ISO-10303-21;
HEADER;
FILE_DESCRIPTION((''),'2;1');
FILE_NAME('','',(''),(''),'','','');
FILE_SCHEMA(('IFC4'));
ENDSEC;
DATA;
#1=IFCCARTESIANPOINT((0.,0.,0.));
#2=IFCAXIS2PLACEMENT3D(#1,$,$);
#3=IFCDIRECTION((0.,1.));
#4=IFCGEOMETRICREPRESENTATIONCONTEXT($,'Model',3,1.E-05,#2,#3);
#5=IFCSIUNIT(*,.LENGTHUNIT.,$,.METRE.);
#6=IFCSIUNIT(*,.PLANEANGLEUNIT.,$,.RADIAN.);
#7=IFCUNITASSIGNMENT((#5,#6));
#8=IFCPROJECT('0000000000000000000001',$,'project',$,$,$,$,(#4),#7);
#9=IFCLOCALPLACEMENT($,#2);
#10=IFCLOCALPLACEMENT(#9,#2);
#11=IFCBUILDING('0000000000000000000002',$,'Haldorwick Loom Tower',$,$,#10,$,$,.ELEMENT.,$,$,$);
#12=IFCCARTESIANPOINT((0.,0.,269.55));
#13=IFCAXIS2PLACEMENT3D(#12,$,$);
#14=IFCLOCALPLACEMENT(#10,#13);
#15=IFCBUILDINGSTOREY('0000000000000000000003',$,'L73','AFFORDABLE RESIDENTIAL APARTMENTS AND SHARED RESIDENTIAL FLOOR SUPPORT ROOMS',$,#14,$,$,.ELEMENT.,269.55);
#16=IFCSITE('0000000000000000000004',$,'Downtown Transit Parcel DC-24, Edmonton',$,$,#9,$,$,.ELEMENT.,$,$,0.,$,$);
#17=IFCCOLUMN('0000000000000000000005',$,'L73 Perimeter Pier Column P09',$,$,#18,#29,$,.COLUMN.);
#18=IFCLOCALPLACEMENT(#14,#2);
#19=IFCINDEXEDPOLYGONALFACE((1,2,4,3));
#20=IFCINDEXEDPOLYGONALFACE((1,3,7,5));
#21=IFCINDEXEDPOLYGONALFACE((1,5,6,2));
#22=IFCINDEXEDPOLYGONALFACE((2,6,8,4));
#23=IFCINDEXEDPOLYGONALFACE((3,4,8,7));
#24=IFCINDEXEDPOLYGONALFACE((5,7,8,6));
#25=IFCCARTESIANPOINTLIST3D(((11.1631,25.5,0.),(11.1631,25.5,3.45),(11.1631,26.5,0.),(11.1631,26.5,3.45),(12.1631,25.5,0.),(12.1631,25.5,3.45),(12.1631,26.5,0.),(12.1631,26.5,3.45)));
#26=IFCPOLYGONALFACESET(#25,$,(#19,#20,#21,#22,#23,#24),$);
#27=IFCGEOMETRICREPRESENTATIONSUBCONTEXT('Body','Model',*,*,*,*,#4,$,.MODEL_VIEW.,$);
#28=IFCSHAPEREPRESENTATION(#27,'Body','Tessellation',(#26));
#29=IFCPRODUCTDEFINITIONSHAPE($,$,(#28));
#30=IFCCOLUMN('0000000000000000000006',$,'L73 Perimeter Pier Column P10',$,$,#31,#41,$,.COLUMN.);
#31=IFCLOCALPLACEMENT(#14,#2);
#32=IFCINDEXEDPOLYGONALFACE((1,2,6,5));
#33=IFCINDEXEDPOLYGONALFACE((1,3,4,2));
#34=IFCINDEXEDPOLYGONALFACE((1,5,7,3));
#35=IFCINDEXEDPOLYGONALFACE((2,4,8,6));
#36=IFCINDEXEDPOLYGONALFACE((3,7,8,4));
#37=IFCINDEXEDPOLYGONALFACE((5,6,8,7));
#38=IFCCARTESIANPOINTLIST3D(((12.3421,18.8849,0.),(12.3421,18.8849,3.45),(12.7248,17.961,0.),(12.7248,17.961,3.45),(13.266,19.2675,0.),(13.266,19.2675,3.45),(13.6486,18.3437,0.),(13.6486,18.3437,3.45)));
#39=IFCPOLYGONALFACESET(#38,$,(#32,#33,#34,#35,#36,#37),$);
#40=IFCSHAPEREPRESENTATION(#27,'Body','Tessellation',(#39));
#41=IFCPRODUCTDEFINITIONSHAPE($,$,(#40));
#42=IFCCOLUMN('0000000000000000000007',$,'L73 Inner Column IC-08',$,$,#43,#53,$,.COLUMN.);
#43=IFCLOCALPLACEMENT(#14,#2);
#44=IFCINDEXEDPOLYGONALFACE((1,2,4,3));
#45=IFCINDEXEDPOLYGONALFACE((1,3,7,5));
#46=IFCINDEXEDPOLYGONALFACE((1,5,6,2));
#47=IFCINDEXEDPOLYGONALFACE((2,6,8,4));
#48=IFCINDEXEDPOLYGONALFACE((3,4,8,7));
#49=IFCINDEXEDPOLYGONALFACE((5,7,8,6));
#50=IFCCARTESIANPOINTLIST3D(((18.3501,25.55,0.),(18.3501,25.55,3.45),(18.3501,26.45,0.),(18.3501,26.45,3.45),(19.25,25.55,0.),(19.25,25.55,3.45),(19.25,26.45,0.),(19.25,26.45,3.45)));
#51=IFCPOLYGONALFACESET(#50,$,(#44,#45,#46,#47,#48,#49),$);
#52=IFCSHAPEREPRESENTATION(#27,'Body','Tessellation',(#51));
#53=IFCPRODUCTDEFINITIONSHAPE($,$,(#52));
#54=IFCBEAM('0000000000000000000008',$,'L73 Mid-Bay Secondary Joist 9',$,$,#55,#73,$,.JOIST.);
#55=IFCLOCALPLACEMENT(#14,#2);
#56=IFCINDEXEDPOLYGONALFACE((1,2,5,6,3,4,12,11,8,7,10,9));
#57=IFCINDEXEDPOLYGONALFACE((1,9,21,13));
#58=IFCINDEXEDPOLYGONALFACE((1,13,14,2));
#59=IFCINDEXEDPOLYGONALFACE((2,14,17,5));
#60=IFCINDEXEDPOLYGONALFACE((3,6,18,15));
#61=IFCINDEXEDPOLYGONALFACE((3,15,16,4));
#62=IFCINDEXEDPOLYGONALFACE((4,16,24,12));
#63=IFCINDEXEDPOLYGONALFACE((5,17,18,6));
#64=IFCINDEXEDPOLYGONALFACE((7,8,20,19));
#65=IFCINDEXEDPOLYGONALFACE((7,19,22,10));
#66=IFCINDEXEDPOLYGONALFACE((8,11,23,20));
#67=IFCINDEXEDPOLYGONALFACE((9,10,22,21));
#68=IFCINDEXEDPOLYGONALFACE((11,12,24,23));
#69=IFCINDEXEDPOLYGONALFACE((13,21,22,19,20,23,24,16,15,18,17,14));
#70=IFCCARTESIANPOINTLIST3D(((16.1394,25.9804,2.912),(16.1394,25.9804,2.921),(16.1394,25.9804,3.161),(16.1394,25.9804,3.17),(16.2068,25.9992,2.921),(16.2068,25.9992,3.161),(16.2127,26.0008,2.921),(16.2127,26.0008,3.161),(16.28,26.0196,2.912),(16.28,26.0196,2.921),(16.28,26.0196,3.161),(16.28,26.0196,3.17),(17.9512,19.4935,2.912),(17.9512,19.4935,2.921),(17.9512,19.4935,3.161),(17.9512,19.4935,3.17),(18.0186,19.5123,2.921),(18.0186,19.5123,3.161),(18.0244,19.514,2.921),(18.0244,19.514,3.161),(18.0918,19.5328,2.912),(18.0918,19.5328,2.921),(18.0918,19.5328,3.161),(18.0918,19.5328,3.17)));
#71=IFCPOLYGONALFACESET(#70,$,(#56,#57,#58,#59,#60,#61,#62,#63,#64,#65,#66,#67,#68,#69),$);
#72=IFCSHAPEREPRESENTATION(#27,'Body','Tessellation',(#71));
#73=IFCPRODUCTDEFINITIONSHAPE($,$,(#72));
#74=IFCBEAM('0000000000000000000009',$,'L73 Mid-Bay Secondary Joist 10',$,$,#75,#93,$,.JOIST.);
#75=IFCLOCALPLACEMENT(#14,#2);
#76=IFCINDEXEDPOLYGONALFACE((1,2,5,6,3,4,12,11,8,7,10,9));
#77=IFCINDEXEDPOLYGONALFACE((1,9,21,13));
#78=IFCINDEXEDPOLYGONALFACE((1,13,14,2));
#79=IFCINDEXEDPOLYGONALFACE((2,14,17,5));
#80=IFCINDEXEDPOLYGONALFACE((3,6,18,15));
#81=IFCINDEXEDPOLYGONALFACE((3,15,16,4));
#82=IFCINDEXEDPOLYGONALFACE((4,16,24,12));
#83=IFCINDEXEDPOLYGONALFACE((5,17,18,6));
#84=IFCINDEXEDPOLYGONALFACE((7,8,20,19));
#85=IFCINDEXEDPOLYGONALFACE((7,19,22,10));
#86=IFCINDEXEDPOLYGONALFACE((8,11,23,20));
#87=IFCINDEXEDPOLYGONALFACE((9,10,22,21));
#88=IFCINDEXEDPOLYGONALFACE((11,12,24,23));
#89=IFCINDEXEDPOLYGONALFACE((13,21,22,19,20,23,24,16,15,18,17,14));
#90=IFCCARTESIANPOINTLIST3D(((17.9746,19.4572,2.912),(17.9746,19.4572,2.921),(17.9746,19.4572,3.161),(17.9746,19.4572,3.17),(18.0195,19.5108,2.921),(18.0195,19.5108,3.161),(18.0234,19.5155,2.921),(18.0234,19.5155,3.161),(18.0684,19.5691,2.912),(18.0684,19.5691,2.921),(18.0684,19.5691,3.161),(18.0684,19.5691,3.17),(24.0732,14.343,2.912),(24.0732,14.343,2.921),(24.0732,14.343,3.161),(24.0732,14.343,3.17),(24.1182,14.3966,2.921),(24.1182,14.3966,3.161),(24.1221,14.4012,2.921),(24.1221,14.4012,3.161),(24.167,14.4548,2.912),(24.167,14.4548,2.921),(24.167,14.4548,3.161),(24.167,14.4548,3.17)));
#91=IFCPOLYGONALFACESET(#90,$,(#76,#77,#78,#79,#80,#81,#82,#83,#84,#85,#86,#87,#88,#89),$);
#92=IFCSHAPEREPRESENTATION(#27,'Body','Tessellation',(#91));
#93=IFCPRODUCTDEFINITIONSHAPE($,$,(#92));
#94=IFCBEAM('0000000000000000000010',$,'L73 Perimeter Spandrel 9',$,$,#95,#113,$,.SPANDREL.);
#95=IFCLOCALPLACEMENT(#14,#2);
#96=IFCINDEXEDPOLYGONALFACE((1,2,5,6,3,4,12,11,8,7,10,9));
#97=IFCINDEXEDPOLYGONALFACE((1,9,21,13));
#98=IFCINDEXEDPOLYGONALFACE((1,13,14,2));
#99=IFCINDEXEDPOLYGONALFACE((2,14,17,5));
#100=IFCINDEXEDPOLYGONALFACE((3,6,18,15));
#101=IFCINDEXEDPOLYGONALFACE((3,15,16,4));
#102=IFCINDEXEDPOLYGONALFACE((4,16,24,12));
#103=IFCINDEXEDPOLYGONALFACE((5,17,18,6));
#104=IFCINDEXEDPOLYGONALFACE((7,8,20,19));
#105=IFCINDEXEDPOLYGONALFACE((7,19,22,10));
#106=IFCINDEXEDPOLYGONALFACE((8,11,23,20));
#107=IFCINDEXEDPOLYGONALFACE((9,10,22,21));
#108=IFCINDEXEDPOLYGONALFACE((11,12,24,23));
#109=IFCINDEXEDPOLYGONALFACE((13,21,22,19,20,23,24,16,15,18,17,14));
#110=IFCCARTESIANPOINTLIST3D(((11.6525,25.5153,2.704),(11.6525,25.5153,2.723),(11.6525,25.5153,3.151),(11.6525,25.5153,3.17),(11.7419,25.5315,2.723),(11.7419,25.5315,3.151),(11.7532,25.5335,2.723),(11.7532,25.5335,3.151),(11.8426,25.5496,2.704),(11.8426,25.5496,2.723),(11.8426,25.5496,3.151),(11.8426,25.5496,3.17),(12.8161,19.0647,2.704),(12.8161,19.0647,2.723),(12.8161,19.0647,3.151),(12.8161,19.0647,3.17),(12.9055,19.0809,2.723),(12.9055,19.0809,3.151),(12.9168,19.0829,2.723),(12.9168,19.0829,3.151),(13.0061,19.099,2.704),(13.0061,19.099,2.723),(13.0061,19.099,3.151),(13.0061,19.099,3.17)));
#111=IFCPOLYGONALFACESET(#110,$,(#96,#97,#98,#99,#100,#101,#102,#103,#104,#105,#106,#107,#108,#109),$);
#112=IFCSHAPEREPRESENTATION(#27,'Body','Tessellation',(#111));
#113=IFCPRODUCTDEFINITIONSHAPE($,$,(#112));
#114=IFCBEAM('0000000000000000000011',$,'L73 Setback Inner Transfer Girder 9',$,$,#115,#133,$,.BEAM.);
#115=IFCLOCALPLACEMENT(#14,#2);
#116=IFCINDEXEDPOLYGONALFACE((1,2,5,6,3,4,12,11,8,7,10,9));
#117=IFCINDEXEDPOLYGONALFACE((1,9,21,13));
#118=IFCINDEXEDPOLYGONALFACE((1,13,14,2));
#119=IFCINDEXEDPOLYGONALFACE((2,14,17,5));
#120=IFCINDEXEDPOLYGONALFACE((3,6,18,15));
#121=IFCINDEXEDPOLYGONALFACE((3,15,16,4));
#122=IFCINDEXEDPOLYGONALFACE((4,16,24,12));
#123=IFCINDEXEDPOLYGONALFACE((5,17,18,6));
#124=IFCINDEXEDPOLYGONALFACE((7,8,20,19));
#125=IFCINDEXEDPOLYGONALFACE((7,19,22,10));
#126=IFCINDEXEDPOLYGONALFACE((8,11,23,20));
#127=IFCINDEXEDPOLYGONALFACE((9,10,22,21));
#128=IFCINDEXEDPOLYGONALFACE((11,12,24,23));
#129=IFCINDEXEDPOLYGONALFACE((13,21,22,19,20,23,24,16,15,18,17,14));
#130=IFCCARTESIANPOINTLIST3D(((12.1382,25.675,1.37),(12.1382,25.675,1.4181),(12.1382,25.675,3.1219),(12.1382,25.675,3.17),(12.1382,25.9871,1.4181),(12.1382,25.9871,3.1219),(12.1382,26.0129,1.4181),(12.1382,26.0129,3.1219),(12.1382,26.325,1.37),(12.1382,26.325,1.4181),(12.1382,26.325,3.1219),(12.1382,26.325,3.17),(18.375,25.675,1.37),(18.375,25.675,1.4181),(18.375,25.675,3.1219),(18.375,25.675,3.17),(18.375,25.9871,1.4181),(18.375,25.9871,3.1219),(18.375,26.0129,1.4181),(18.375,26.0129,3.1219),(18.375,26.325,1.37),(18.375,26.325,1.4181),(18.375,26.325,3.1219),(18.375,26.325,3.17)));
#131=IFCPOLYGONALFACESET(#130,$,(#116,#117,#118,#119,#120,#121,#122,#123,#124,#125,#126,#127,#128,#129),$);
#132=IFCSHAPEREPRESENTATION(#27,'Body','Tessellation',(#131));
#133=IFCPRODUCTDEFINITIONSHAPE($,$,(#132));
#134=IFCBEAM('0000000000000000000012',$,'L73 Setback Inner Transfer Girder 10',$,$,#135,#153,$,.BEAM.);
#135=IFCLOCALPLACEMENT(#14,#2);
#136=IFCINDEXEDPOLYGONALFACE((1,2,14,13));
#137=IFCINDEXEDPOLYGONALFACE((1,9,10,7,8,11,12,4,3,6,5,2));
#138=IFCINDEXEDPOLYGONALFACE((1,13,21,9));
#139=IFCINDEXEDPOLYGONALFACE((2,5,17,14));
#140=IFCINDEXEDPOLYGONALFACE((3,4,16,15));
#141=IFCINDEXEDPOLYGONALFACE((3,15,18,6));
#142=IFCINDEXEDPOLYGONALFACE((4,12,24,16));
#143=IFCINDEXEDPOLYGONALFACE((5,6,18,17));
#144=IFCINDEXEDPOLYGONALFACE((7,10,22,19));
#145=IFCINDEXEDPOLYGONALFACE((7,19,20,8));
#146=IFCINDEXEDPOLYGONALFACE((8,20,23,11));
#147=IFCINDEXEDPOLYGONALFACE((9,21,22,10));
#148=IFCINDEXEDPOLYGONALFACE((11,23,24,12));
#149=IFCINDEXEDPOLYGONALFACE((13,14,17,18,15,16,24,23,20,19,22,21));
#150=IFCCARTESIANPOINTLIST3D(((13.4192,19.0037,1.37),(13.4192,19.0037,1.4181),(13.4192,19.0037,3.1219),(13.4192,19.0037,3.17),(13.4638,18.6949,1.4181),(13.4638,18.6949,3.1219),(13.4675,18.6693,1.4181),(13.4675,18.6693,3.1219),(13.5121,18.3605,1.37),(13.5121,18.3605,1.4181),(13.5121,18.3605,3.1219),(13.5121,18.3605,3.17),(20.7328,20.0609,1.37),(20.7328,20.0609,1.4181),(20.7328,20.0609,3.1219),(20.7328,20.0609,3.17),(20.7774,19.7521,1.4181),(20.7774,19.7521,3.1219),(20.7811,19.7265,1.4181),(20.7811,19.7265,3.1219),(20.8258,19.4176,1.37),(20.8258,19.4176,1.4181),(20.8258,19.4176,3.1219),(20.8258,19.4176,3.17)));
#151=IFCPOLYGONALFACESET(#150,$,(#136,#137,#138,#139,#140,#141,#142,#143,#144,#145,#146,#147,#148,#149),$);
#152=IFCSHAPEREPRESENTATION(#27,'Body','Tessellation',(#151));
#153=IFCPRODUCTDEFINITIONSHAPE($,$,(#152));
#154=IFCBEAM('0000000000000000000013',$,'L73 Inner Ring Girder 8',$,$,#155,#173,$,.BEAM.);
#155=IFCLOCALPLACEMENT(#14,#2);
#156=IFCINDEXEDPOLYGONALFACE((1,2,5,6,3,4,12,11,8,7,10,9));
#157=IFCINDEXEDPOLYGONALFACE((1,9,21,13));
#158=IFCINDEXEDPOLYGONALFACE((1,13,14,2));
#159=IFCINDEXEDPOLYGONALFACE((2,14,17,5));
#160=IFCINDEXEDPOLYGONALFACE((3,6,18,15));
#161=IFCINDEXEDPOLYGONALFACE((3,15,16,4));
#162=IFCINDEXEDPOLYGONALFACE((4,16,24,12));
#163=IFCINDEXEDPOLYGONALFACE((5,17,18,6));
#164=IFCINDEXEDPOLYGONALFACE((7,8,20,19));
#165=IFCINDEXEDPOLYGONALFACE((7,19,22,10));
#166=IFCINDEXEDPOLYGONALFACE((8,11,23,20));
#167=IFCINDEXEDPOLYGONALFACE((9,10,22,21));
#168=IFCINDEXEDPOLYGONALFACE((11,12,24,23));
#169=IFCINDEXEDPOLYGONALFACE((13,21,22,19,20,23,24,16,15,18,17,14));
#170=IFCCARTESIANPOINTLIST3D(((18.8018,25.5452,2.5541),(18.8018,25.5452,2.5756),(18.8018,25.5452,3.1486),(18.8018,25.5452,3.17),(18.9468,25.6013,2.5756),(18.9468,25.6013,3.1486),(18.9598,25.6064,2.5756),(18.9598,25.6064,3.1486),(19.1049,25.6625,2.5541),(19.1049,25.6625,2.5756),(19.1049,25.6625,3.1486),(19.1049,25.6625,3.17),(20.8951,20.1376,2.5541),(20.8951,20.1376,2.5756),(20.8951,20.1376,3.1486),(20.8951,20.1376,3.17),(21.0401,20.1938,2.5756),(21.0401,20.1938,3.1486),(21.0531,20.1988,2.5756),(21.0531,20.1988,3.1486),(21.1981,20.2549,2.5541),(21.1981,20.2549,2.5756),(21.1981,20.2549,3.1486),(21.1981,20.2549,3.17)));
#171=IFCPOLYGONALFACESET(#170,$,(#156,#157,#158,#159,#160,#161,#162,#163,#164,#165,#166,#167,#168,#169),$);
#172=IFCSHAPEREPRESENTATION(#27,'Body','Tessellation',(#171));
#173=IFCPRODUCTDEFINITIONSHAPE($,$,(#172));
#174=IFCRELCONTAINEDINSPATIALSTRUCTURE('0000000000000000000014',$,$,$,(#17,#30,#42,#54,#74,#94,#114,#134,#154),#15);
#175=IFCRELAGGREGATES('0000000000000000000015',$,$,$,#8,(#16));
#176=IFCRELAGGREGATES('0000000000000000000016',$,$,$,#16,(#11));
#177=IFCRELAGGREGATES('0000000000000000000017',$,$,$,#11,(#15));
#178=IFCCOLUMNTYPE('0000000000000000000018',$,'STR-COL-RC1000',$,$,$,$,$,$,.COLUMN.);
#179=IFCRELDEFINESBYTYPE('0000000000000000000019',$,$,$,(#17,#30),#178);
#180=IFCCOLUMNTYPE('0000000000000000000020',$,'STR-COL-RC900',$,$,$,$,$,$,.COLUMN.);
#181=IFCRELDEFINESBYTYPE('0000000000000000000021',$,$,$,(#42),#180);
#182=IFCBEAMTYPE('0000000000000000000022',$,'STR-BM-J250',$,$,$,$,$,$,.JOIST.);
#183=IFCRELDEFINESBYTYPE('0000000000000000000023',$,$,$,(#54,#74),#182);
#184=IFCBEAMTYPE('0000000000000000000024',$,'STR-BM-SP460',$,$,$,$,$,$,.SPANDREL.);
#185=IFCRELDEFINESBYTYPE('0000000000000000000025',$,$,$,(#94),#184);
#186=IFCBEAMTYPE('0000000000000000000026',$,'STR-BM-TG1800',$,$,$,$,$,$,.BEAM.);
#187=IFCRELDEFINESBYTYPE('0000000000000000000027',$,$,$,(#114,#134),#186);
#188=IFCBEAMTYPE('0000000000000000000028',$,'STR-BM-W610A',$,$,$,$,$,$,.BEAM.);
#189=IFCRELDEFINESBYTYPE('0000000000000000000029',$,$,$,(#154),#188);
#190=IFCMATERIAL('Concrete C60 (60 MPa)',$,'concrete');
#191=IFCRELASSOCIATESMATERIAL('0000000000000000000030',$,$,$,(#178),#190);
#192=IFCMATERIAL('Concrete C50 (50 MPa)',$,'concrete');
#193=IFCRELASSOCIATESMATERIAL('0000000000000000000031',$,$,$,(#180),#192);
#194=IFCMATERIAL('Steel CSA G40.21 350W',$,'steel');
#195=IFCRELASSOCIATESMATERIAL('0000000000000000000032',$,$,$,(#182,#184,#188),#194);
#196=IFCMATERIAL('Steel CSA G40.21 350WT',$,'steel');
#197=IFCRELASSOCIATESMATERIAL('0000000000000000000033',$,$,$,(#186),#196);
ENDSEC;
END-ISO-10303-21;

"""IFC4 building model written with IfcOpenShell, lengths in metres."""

from ifc_helpers import new_model, si_unit, direction, frame, origin, origin_2d, place, context, subcontext, project, spatial, rectangle, i_section, extrude, material, material_profile, profile_set, type_object, element, save


model = new_model("IFC4")

# Units and contexts
model_context = context("Model", 3, precision=1e-05, world=origin(), true_north=direction((0.0, 1.0)))
body_context = subcontext(model_context, "Body", "Model", "MODEL_VIEW")
ifc_project = project(units=[si_unit("LENGTHUNIT", "METRE"), si_unit("PLANEANGLEUNIT", "RADIAN")], contexts=[model_context])

# Site, building, storey
site_placement = place(None, origin())
site = spatial("IfcSite", under=ifc_project, at=site_placement, Name="Downtown Transit Parcel DC-24, Edmonton", CompositionType="ELEMENT", RefElevation=0.0)
building_placement = place(site_placement, origin())
building = spatial("IfcBuilding", under=site, at=building_placement, Name="Haldorwick Loom Tower", CompositionType="ELEMENT")
storey_placement = place(building_placement, frame((0.0, 0.0, 269.55)))
storey = spatial("IfcBuildingStorey", under=building, at=storey_placement, Name="L73", Description="AFFORDABLE RESIDENTIAL APARTMENTS AND SHARED RESIDENTIAL FLOOR SUPPORT ROOMS", CompositionType="ELEMENT", Elevation=269.55)

# Columns
ifc_material_1 = material(Name="Concrete C60 (60 MPa)", Category="concrete")
ifc_material_profile_1 = material_profile(ifc_material_1, rectangle(XDim=1.0, YDim=1.0, at=origin_2d()), Name="RC1000X1000", Category="concrete")
ifc_profile_set_1 = profile_set([ifc_material_profile_1], Name="Concrete C60 (60 MPa)")
column_type_1 = type_object("IfcColumnType", Name="STR-COL-RC1000", PredefinedType="COLUMN", material=ifc_profile_set_1)
for number, where, z_axis, x_axis, name in (
    (1, (11.6631, 26.0, 0.0), (0.0, 0.0, 1.0), (-1.0, 0.0, 0.0), "L73 Perimeter Pier Column P09"),
    (2, (12.9954, 18.6143, 0.0), (0.0, 0.0, 1.0), (-0.92388, -0.382683, 0.0), "L73 Perimeter Pier Column P10"),
):
    element("IfcColumn", number, at=place(storey_placement, frame(where, z_axis=z_axis, x_axis=x_axis)), inside=storey, type_object=column_type_1, Name=name, PredefinedType="COLUMN", context=body_context, shape_type="SweptSolid", body=[
        extrude(rectangle(XDim=1.0, YDim=1.0, at=origin_2d()), origin(), (0.0, 0.0, 1.0), 3.45),
    ])
ifc_material_2 = material(Name="Concrete C50 (50 MPa)", Category="concrete")
ifc_material_profile_2 = material_profile(ifc_material_2, rectangle(XDim=0.8999, YDim=0.8999, at=origin_2d()), Name="RC900X900", Category="concrete")
ifc_profile_set_2 = profile_set([ifc_material_profile_2], Name="Concrete C50 (50 MPa)")
column_type_2 = type_object("IfcColumnType", Name="STR-COL-RC900", PredefinedType="COLUMN", material=ifc_profile_set_2)
column_placement = place(storey_placement, frame((18.8, 26.0, 0.0), z_axis=(0.0, 0.0, 1.0), x_axis=(1.0, 0.0, 0.0)))
element("IfcColumn", 3, at=column_placement, inside=storey, type_object=column_type_2, Name="L73 Inner Column IC-08", PredefinedType="COLUMN", context=body_context, shape_type="SweptSolid", body=[
    extrude(rectangle(XDim=0.8999, YDim=0.8999, at=origin_2d()), origin(), (0.0, 0.0, 1.0), 3.45),
])

# Beams
ifc_material_3 = material(Name="Steel CSA G40.21 350W", Category="steel")
ifc_material_profile_3 = material_profile(ifc_material_3, i_section(OverallWidth=0.146, OverallDepth=0.2581, WebThickness=0.0061, FlangeThickness=0.009, at=origin_2d()), Name="W250X33", Category="steel")
ifc_profile_set_3 = profile_set([ifc_material_profile_3], Name="Steel CSA G40.21 350W")
beam_type_1 = type_object("IfcBeamType", Name="STR-BM-J250", PredefinedType="JOIST", material=ifc_profile_set_3)
beam_1_placement = place(storey_placement, frame((16.2097, 26.0, 3.041), z_axis=(0.269005, -0.963139, 0.0), x_axis=(0.963139, 0.269005, 0.0)))
element("IfcBeam", 4, at=beam_1_placement, inside=storey, type_object=beam_type_1, Name="L73 Mid-Bay Secondary Joist 9", PredefinedType="JOIST", context=body_context, shape_type="SweptSolid", body=[
    extrude(i_section(OverallWidth=0.146, OverallDepth=0.2581, WebThickness=0.0061, FlangeThickness=0.009, at=origin_2d()), origin(), (0.0, 0.0, 1.0), 6.7351),
])
beam_2_placement = place(storey_placement, frame((18.0215, 19.5132, 3.041), z_axis=(0.766236, -0.642559, 0.0), x_axis=(0.642559, 0.766236, 0.0)))
element("IfcBeam", 5, at=beam_2_placement, inside=storey, type_object=beam_type_1, Name="L73 Mid-Bay Secondary Joist 10", PredefinedType="JOIST", context=body_context, shape_type="SweptSolid", body=[
    extrude(i_section(OverallWidth=0.146, OverallDepth=0.2581, WebThickness=0.0061, FlangeThickness=0.009, at=origin_2d()), origin(), (0.0, 0.0, 1.0), 7.9592),
])
ifc_material_profile_4 = material_profile(ifc_material_3, i_section(OverallWidth=0.1931, OverallDepth=0.4661, WebThickness=0.0115, FlangeThickness=0.019, at=origin_2d()), Name="W460X97", Category="steel")
ifc_profile_set_4 = profile_set([ifc_material_profile_4], Name="Steel CSA G40.21 350W")
beam_type_2 = type_object("IfcBeamType", Name="STR-BM-SP460", PredefinedType="SPANDREL", material=ifc_profile_set_4)
beam_3_placement = place(storey_placement, frame((11.7476, 25.5325, 2.937), z_axis=(0.177515, -0.984118, 0.0), x_axis=(0.984118, 0.177515, 0.0)))
element("IfcBeam", 6, at=beam_3_placement, inside=storey, type_object=beam_type_2, Name="L73 Perimeter Spandrel 9", PredefinedType="SPANDREL", context=body_context, shape_type="SweptSolid", body=[
    extrude(i_section(OverallWidth=0.1931, OverallDepth=0.4661, WebThickness=0.0115, FlangeThickness=0.019, at=origin_2d()), origin(), (0.0, 0.0, 1.0), 6.5547),
])
ifc_material_4 = material(Name="Steel CSA G40.21 350WT", Category="steel")
ifc_material_profile_5 = material_profile(ifc_material_4, i_section(OverallWidth=0.6499, OverallDepth=1.8, WebThickness=0.0259, FlangeThickness=0.0481, at=origin_2d()), Name="WWF1800X650", Category="steel")
ifc_profile_set_5 = profile_set([ifc_material_profile_5], Name="Steel CSA G40.21 350WT")
beam_type_3 = type_object("IfcBeamType", Name="STR-BM-TG1800", PredefinedType="BEAM", material=ifc_profile_set_5)
beam_4_placement = place(storey_placement, frame((18.375, 26.0, 2.27), z_axis=(-1.0, 0.0, 0.0), x_axis=(0.0, -1.0, 0.0)))
element("IfcBeam", 7, at=beam_4_placement, inside=storey, type_object=beam_type_3, Name="L73 Setback Inner Transfer Girder 9", PredefinedType="BEAM", context=body_context, shape_type="SweptSolid", body=[
    extrude(i_section(OverallWidth=0.6499, OverallDepth=1.8, WebThickness=0.0259, FlangeThickness=0.0481, at=origin_2d()), origin(), (0.0, 0.0, 1.0), 6.2368),
])
beam_5_placement = place(storey_placement, frame((20.7793, 19.7393, 2.27), z_axis=(-0.989715, -0.143054, 0.0), x_axis=(0.143054, -0.989715, 0.0)))
element("IfcBeam", 8, at=beam_5_placement, inside=storey, type_object=beam_type_3, Name="L73 Setback Inner Transfer Girder 10", PredefinedType="BEAM", context=body_context, shape_type="SweptSolid", body=[
    extrude(i_section(OverallWidth=0.6499, OverallDepth=1.8, WebThickness=0.0259, FlangeThickness=0.0481, at=origin_2d()), origin(), (0.0, 0.0, 1.0), 7.3896),
])
ifc_material_profile_6 = material_profile(ifc_material_3, i_section(OverallWidth=0.325, OverallDepth=0.616, WebThickness=0.0139, FlangeThickness=0.0215, at=origin_2d()), Name="W610X174", Category="steel")
ifc_profile_set_6 = profile_set([ifc_material_profile_6], Name="Steel CSA G40.21 350W")
beam_type_4 = type_object("IfcBeamType", Name="STR-BM-W610A", PredefinedType="BEAM", material=ifc_profile_set_6)
beam_6_placement = place(storey_placement, frame((21.0466, 20.1963, 2.8621), z_axis=(-0.361001, 0.932565, 0.0), x_axis=(-0.932565, -0.361001, 0.0)))
element("IfcBeam", 9, at=beam_6_placement, inside=storey, type_object=beam_type_4, Name="L73 Inner Ring Girder 8", PredefinedType="BEAM", context=body_context, shape_type="SweptSolid", body=[
    extrude(i_section(OverallWidth=0.325, OverallDepth=0.616, WebThickness=0.0139, FlangeThickness=0.0215, at=origin_2d()), origin(), (0.0, 0.0, 1.0), 5.7986),
])

save(model, "model.ifc")
